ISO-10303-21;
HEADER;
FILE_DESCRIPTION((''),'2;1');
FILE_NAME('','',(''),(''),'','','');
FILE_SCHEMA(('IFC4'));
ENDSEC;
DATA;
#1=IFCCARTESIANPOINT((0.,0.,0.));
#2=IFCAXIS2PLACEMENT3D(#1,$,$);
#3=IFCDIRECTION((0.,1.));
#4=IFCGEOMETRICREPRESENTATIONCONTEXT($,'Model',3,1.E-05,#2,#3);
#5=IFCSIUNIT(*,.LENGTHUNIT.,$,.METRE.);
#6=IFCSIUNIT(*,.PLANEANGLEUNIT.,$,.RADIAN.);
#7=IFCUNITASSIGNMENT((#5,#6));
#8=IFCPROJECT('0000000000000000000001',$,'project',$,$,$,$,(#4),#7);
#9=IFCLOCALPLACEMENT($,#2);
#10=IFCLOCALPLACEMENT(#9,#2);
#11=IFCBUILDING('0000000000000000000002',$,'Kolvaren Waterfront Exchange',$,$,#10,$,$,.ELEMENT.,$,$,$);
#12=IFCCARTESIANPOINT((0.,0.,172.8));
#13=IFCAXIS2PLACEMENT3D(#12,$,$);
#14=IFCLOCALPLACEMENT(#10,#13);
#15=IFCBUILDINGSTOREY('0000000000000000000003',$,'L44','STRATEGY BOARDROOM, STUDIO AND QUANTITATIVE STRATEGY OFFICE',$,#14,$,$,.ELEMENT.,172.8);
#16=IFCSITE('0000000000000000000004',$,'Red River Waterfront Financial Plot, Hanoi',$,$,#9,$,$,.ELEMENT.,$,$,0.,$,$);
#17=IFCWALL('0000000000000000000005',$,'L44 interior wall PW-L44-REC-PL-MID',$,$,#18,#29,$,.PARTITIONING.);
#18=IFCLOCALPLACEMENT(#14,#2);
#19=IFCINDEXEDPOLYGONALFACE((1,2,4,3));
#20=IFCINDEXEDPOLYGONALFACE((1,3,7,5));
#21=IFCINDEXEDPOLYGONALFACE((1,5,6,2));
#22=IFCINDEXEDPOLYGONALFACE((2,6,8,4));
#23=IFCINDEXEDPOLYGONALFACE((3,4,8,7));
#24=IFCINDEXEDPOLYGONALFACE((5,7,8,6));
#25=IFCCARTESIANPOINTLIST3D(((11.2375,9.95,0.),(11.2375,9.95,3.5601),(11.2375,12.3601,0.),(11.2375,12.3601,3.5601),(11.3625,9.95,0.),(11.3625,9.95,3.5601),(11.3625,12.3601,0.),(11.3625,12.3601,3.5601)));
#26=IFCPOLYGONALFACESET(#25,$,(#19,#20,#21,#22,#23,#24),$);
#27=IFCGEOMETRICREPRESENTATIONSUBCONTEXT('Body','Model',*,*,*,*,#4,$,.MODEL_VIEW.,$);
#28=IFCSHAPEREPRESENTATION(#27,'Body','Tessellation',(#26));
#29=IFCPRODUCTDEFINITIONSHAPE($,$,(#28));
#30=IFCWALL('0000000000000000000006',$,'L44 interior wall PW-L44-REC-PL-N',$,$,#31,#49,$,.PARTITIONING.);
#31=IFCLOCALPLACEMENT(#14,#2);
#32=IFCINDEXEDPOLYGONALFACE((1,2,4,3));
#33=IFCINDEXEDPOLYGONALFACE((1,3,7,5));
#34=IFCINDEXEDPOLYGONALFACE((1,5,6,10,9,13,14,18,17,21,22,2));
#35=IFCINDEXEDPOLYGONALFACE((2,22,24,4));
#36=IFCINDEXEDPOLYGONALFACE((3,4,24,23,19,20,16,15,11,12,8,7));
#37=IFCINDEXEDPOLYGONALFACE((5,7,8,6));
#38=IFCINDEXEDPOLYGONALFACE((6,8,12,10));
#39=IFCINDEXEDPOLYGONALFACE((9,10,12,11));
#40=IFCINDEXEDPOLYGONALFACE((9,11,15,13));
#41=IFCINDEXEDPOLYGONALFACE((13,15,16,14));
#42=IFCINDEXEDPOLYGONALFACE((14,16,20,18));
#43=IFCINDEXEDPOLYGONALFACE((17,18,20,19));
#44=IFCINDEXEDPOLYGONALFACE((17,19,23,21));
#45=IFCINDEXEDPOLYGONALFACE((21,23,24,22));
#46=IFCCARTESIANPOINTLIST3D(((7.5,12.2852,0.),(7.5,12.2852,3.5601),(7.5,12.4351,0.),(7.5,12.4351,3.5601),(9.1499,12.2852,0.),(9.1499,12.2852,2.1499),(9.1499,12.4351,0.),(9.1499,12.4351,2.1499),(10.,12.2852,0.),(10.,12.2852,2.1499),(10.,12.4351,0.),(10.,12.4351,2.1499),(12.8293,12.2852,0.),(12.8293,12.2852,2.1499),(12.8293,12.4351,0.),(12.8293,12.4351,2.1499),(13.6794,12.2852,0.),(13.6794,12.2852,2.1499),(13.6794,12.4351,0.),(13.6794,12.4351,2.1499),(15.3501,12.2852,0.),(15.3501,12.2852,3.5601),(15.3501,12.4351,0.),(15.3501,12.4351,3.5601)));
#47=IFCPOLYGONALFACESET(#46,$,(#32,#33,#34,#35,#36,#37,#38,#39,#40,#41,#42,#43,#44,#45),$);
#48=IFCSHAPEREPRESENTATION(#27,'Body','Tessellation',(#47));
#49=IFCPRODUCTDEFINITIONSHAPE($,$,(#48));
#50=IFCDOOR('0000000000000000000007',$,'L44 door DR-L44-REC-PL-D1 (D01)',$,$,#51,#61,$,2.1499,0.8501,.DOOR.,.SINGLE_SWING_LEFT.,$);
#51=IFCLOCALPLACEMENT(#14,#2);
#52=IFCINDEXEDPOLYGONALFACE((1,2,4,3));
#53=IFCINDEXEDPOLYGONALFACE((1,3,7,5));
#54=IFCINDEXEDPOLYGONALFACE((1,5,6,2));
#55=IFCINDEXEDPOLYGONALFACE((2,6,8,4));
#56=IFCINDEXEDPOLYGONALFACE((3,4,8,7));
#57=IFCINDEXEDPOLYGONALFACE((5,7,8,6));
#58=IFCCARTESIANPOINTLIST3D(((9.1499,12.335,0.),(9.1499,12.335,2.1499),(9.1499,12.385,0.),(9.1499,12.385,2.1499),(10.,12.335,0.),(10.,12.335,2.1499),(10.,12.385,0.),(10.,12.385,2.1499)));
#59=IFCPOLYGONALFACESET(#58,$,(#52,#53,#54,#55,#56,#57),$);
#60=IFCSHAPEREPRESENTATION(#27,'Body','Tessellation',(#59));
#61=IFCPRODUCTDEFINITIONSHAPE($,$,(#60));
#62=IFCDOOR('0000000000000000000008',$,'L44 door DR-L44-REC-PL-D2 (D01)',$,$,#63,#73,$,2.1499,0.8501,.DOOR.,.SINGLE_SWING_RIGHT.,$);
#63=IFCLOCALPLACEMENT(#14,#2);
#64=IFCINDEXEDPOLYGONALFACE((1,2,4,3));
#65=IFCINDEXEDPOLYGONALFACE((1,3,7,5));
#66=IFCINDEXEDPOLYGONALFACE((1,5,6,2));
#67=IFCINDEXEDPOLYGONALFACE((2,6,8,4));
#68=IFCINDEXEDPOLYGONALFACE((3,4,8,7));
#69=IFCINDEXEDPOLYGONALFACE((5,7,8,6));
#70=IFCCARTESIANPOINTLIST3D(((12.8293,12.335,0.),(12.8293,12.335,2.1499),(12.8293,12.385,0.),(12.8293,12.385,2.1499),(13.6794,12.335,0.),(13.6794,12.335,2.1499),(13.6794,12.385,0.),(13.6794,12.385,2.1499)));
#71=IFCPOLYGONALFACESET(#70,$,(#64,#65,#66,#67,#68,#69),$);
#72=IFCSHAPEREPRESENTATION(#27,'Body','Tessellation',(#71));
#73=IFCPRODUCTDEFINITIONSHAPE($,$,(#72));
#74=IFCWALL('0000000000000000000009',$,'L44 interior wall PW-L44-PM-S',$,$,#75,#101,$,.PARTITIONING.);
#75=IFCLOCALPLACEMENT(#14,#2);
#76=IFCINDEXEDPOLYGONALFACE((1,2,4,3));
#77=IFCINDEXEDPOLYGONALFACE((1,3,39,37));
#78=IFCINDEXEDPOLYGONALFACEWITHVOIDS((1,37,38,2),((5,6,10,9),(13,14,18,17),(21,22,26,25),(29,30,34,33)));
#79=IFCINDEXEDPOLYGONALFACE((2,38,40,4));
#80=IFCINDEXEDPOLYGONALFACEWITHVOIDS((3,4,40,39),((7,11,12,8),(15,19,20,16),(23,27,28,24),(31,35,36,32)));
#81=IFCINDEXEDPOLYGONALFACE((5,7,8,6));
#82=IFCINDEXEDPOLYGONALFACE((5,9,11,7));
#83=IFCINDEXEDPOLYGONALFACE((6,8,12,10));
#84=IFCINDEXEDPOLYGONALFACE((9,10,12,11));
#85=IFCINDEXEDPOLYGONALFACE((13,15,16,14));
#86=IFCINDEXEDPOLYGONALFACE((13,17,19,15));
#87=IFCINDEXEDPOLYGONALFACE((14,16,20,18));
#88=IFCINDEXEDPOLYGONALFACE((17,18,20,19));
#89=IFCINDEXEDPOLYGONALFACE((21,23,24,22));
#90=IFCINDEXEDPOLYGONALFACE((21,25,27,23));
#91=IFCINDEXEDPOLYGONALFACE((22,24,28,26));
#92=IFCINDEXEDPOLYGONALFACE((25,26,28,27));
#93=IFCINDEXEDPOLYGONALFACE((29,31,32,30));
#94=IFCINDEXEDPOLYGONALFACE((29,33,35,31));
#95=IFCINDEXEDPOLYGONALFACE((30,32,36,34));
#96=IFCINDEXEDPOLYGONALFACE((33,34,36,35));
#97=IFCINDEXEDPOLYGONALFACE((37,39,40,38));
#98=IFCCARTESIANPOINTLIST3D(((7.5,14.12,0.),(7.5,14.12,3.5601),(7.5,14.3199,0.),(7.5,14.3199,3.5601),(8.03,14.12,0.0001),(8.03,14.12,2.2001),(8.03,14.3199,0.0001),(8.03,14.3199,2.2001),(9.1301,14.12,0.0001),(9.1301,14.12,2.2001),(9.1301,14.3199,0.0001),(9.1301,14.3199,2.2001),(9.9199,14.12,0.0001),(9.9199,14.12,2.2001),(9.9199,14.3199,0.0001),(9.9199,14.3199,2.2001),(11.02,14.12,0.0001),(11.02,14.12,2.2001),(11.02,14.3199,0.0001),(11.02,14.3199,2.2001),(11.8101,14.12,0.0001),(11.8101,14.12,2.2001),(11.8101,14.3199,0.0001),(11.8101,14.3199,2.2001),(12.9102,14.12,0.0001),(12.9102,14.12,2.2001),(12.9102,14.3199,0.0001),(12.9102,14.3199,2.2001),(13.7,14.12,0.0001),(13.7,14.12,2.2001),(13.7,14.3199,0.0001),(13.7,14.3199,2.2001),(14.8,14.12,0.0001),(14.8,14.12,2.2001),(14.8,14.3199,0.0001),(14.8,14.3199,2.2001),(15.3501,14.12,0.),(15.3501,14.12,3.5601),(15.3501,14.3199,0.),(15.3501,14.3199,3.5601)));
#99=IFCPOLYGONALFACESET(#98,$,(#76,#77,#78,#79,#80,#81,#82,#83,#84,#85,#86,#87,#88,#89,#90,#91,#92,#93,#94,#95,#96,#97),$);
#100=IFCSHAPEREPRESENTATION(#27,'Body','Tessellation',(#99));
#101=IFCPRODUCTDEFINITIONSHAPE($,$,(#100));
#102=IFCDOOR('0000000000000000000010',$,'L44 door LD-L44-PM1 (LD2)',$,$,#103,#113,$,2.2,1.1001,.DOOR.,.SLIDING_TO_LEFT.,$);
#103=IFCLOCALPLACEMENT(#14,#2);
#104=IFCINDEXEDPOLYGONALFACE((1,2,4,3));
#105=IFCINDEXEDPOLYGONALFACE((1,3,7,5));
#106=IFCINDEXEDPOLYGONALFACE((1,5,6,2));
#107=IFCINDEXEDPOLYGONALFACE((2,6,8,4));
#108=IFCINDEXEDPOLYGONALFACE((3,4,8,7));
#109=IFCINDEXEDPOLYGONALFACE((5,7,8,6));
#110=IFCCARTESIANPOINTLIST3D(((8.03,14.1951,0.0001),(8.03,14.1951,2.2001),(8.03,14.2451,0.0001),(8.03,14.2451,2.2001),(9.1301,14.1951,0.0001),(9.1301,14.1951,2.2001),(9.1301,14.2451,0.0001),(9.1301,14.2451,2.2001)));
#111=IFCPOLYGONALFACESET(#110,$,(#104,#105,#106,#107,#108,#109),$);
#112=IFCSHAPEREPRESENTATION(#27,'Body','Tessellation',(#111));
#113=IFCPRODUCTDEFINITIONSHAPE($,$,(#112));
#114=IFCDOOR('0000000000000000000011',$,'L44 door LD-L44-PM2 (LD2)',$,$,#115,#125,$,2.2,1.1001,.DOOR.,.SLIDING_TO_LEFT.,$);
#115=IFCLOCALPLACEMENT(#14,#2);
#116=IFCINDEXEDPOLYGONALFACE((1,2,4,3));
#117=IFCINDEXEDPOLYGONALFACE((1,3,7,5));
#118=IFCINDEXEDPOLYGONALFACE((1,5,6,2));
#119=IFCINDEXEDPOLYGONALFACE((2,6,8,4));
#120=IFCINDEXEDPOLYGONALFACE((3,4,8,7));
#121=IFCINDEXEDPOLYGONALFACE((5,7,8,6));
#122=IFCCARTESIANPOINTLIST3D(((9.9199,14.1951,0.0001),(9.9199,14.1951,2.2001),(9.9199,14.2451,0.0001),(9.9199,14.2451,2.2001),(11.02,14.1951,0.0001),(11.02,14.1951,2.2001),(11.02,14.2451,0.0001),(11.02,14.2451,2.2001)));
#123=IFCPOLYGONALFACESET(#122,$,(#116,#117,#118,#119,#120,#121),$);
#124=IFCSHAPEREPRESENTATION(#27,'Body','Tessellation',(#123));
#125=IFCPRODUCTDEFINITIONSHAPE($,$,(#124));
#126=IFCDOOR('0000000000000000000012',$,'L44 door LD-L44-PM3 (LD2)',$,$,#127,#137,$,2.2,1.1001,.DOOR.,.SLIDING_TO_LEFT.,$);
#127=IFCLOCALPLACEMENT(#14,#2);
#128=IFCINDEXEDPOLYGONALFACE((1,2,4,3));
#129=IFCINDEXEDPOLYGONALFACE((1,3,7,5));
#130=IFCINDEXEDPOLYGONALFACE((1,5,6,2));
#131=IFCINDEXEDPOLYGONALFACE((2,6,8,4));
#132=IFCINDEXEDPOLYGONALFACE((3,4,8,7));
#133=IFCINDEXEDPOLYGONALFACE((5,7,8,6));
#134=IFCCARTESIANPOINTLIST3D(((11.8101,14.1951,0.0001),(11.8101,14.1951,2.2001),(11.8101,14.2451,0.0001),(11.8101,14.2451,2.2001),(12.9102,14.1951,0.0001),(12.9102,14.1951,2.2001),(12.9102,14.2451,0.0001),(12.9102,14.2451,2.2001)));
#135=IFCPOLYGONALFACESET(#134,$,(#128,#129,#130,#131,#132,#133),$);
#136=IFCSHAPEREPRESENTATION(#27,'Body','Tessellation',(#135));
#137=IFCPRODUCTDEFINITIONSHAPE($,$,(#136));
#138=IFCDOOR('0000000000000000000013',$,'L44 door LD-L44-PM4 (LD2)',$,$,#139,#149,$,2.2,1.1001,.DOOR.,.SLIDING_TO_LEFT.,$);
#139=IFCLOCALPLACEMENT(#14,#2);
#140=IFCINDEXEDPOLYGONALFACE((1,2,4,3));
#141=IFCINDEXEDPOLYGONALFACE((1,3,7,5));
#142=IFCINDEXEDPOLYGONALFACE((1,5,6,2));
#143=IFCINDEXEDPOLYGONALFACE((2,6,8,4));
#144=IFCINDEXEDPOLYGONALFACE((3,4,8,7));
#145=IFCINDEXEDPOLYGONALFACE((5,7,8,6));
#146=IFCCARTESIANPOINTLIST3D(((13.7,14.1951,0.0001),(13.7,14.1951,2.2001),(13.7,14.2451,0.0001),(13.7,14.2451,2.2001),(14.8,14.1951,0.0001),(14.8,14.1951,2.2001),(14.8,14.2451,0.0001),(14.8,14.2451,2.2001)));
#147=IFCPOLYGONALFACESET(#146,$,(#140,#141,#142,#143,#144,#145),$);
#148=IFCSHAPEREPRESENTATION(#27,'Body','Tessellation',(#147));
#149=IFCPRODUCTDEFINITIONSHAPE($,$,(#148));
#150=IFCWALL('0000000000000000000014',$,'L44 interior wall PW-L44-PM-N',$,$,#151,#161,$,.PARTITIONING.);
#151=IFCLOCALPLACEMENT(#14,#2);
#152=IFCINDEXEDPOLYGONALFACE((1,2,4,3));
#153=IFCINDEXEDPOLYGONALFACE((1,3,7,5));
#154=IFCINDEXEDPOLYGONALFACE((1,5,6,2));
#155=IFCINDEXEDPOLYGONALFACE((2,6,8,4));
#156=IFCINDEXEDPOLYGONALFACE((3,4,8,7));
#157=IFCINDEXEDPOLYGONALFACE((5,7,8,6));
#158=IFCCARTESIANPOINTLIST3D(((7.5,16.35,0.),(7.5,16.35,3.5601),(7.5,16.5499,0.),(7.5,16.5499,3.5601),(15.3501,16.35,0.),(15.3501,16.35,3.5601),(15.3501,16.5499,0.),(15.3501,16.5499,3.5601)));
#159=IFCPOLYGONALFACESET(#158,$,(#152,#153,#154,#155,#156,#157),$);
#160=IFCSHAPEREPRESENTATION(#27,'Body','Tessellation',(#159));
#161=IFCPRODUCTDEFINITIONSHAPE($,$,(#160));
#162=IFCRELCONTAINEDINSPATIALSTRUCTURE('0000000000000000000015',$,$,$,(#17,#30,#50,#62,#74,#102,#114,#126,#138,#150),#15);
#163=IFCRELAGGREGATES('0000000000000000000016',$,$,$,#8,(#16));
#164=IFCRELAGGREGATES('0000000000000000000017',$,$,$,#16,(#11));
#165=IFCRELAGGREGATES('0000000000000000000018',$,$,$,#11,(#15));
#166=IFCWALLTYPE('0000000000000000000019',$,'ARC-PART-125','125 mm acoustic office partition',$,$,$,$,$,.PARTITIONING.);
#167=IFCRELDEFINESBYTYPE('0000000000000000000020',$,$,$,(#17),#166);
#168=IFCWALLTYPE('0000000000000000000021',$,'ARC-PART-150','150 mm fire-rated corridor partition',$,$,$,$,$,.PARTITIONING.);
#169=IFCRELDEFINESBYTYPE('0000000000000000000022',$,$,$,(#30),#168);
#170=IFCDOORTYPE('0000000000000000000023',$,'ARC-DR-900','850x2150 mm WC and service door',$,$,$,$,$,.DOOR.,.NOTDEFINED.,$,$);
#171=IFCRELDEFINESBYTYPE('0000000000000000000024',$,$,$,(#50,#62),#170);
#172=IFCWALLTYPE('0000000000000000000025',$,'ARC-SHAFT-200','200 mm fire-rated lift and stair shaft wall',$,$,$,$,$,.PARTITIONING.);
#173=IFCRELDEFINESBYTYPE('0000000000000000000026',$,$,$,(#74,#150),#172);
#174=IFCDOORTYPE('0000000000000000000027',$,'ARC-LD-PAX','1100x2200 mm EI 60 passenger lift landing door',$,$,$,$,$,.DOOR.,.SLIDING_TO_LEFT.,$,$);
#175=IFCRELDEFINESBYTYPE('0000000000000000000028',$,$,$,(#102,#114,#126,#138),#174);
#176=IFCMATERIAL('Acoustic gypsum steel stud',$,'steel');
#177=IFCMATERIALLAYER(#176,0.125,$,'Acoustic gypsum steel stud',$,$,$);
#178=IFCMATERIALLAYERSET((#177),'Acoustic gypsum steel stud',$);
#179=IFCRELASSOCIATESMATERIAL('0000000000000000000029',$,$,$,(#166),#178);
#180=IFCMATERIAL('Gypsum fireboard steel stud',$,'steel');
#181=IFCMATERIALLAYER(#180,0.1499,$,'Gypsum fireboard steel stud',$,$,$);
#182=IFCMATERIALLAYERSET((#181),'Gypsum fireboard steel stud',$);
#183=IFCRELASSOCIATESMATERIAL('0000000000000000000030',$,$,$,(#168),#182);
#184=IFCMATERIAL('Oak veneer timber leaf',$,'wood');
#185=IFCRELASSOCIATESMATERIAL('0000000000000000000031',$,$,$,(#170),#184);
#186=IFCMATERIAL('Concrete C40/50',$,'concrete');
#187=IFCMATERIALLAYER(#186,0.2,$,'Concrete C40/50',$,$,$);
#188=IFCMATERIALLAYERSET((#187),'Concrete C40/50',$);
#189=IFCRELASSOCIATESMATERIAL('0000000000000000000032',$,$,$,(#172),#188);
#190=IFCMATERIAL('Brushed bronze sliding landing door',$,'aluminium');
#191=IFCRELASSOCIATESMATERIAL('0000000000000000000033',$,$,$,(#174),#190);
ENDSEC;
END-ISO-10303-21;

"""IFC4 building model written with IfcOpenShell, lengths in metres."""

from ifc_helpers import new_model, si_unit, direction, frame, frame_2d, origin, place, context, subcontext, project, spatial, rectangle, extrude, material, layer, layer_set, type_object, element, fill, save


model = new_model("IFC4")

# Units and contexts
model_context = context("Model", 3, precision=1e-05, world=origin(), true_north=direction((0.0, 1.0)))
body_context = subcontext(model_context, "Body", "Model", "MODEL_VIEW")
ifc_project = project(units=[si_unit("LENGTHUNIT", "METRE"), si_unit("PLANEANGLEUNIT", "RADIAN")], contexts=[model_context])

# Site, building, storey
site_placement = place(None, origin())
site = spatial("IfcSite", under=ifc_project, at=site_placement, Name="Red River Waterfront Financial Plot, Hanoi", CompositionType="ELEMENT", RefElevation=0.0)
building_placement = place(site_placement, origin())
building = spatial("IfcBuilding", under=site, at=building_placement, Name="Kolvaren Waterfront Exchange", CompositionType="ELEMENT")
storey_placement = place(building_placement, frame((0.0, 0.0, 172.8)))
storey = spatial("IfcBuildingStorey", under=building, at=storey_placement, Name="L44", Description="STRATEGY BOARDROOM, STUDIO AND QUANTITATIVE STRATEGY OFFICE", CompositionType="ELEMENT", Elevation=172.8)

# Wall
ifc_material_1 = material(Name="Acoustic gypsum steel stud", Category="steel")
ifc_layer_1 = layer(ifc_material_1, 0.125, Name="Acoustic gypsum steel stud")
ifc_layer_set_1 = layer_set([ifc_layer_1], Name="Acoustic gypsum steel stud")
wall_type_1 = type_object("IfcWallType", Name="ARC-PART-125", Description="125 mm acoustic office partition", PredefinedType="PARTITIONING", material=ifc_layer_set_1)
wall_1_placement = place(storey_placement, frame((11.3, 9.95, 0.0), z_axis=(0.0, 0.0, 1.0), x_axis=(0.0, 1.0, 0.0)))
element("IfcWall", 1, at=wall_1_placement, inside=storey, type_object=wall_type_1, Name="L44 interior wall PW-L44-REC-PL-MID", PredefinedType="PARTITIONING", context=body_context, shape_type="SweptSolid", body=[
    extrude(rectangle(XDim=2.4102, YDim=0.125, at=frame_2d((1.2051, 0.0))), origin(), (0.0, 0.0, 1.0), 3.5601),
])

# Walls, openings, doors
ifc_material_2 = material(Name="Gypsum fireboard steel stud", Category="steel")
ifc_layer_2 = layer(ifc_material_2, 0.1499, Name="Gypsum fireboard steel stud")
ifc_layer_set_2 = layer_set([ifc_layer_2], Name="Gypsum fireboard steel stud")
wall_type_2 = type_object("IfcWallType", Name="ARC-PART-150", Description="150 mm fire-rated corridor partition", PredefinedType="PARTITIONING", material=ifc_layer_set_2)
wall_2_placement = place(storey_placement, frame((7.5, 12.3601, 0.0), z_axis=(0.0, 0.0, 1.0), x_axis=(1.0, 0.0, 0.0)))
wall_2 = element("IfcWall", 2, at=wall_2_placement, inside=storey, type_object=wall_type_2, Name="L44 interior wall PW-L44-REC-PL-N", PredefinedType="PARTITIONING", context=body_context, shape_type="SweptSolid", body=[
    extrude(rectangle(XDim=7.8501, YDim=0.1499, at=frame_2d((3.925, 0.0))), origin(), (0.0, 0.0, 1.0), 3.5601),
])
opening_1_placement = place(wall_2_placement, frame((1.6499, 0.0, 0.0)))
opening_1 = element("IfcOpeningElement", 3, at=opening_1_placement, cuts=wall_2, PredefinedType="OPENING", context=body_context, shape_type="SweptSolid", body=[
    extrude(rectangle(XDim=0.8501, YDim=2.1499, at=frame_2d((0.425, 1.075))), frame((0.0, 0.085, 0.0), z_axis=(0.0, -1.0, 0.0), x_axis=(1.0, 0.0, 0.0)), (0.0, 0.0, 1.0), 0.1699),
])
opening_2_placement = place(wall_2_placement, frame((5.3293, 0.0, 0.0)))
opening_2 = element("IfcOpeningElement", 4, at=opening_2_placement, cuts=wall_2, PredefinedType="OPENING", context=body_context, shape_type="SweptSolid", body=[
    extrude(rectangle(XDim=0.8501, YDim=2.1499, at=frame_2d((0.425, 1.075))), frame((0.0, 0.085, 0.0), z_axis=(0.0, -1.0, 0.0), x_axis=(1.0, 0.0, 0.0)), (0.0, 0.0, 1.0), 0.1699),
])
ifc_material_3 = material(Name="Oak veneer timber leaf", Category="wood")
door_type_1 = type_object("IfcDoorType", Name="ARC-DR-900", Description="850x2150 mm WC and service door", OperationType="NOTDEFINED", PredefinedType="DOOR", material=ifc_material_3)
door_1_placement = place(opening_1_placement, origin())
door_1 = element("IfcDoor", 5, at=door_1_placement, inside=storey, type_object=door_type_1, Name="L44 door DR-L44-REC-PL-D1 (D01)", OperationType="SINGLE_SWING_LEFT", OverallHeight=2.1499, OverallWidth=0.8501, PredefinedType="DOOR", context=body_context, shape_type="SweptSolid", body=[
    extrude(rectangle(XDim=0.8501, YDim=2.1499, at=frame_2d((0.425, 1.075))), frame((0.0, 0.0249, 0.0), z_axis=(0.0, -1.0, 0.0), x_axis=(1.0, 0.0, 0.0)), (0.0, 0.0, 1.0), 0.05),
])
fill(opening_1, door_1)
door_2_placement = place(opening_2_placement, origin())
door_2 = element("IfcDoor", 6, at=door_2_placement, inside=storey, type_object=door_type_1, Name="L44 door DR-L44-REC-PL-D2 (D01)", OperationType="SINGLE_SWING_RIGHT", OverallHeight=2.1499, OverallWidth=0.8501, PredefinedType="DOOR", context=body_context, shape_type="SweptSolid", body=[
    extrude(rectangle(XDim=0.8501, YDim=2.1499, at=frame_2d((0.425, 1.075))), frame((0.0, 0.0249, 0.0), z_axis=(0.0, -1.0, 0.0), x_axis=(1.0, 0.0, 0.0)), (0.0, 0.0, 1.0), 0.05),
])
fill(opening_2, door_2)
ifc_material_4 = material(Name="Concrete C40/50", Category="concrete")
ifc_layer_3 = layer(ifc_material_4, 0.2, Name="Concrete C40/50")
ifc_layer_set_3 = layer_set([ifc_layer_3], Name="Concrete C40/50")
wall_type_3 = type_object("IfcWallType", Name="ARC-SHAFT-200", Description="200 mm fire-rated lift and stair shaft wall", PredefinedType="PARTITIONING", material=ifc_layer_set_3)
wall_3_placement = place(storey_placement, frame((7.5, 14.22, 0.0), z_axis=(0.0, 0.0, 1.0), x_axis=(1.0, 0.0, 0.0)))
wall_3 = element("IfcWall", 7, at=wall_3_placement, inside=storey, type_object=wall_type_3, Name="L44 interior wall PW-L44-PM-S", PredefinedType="PARTITIONING", context=body_context, shape_type="SweptSolid", body=[
    extrude(rectangle(XDim=7.8501, YDim=0.2, at=frame_2d((3.925, 0.0))), origin(), (0.0, 0.0, 1.0), 3.5601),
])
opening_3_placement = place(wall_3_placement, frame((0.53, 0.0, 0.0)))
opening_3 = element("IfcOpeningElement", 8, at=opening_3_placement, cuts=wall_3, PredefinedType="OPENING", context=body_context, shape_type="SweptSolid", body=[
    extrude(rectangle(XDim=1.1001, YDim=2.2, at=frame_2d((0.55, 1.1001))), frame((0.0, 0.1099, 0.0), z_axis=(0.0, -1.0, 0.0), x_axis=(1.0, 0.0, 0.0)), (0.0, 0.0, 1.0), 0.22),
])
opening_4_placement = place(wall_3_placement, frame((2.4199, 0.0, 0.0)))
opening_4 = element("IfcOpeningElement", 9, at=opening_4_placement, cuts=wall_3, PredefinedType="OPENING", context=body_context, shape_type="SweptSolid", body=[
    extrude(rectangle(XDim=1.1001, YDim=2.2, at=frame_2d((0.55, 1.1001))), frame((0.0, 0.1099, 0.0), z_axis=(0.0, -1.0, 0.0), x_axis=(1.0, 0.0, 0.0)), (0.0, 0.0, 1.0), 0.22),
])
opening_5_placement = place(wall_3_placement, frame((4.3101, 0.0, 0.0)))
opening_5 = element("IfcOpeningElement", 10, at=opening_5_placement, cuts=wall_3, PredefinedType="OPENING", context=body_context, shape_type="SweptSolid", body=[
    extrude(rectangle(XDim=1.1001, YDim=2.2, at=frame_2d((0.55, 1.1001))), frame((0.0, 0.1099, 0.0), z_axis=(0.0, -1.0, 0.0), x_axis=(1.0, 0.0, 0.0)), (0.0, 0.0, 1.0), 0.22),
])
opening_6_placement = place(wall_3_placement, frame((6.2, 0.0, 0.0)))
opening_6 = element("IfcOpeningElement", 11, at=opening_6_placement, cuts=wall_3, PredefinedType="OPENING", context=body_context, shape_type="SweptSolid", body=[
    extrude(rectangle(XDim=1.1001, YDim=2.2, at=frame_2d((0.55, 1.1001))), frame((0.0, 0.1099, 0.0), z_axis=(0.0, -1.0, 0.0), x_axis=(1.0, 0.0, 0.0)), (0.0, 0.0, 1.0), 0.22),
])
ifc_material_5 = material(Name="Brushed bronze sliding landing door", Category="aluminium")
door_type_2 = type_object("IfcDoorType", Name="ARC-LD-PAX", Description="1100x2200 mm EI 60 passenger lift landing door", OperationType="SLIDING_TO_LEFT", PredefinedType="DOOR", material=ifc_material_5)
door_3_placement = place(opening_3_placement, frame((1.1001, 0.0, 0.0), z_axis=(0.0, 0.0, 1.0), x_axis=(-1.0, 0.0, 0.0)))
door_3 = element("IfcDoor", 12, at=door_3_placement, inside=storey, type_object=door_type_2, Name="L44 door LD-L44-PM1 (LD2)", OperationType="SLIDING_TO_LEFT", OverallHeight=2.2, OverallWidth=1.1001, PredefinedType="DOOR", context=body_context, shape_type="SweptSolid", body=[
    extrude(rectangle(XDim=1.1001, YDim=2.2, at=frame_2d((0.55, 1.1001))), frame((0.0, 0.0249, 0.0), z_axis=(0.0, -1.0, 0.0), x_axis=(1.0, 0.0, 0.0)), (0.0, 0.0, 1.0), 0.05),
])
fill(opening_3, door_3)
door_4_placement = place(opening_4_placement, frame((1.1001, 0.0, 0.0), z_axis=(0.0, 0.0, 1.0), x_axis=(-1.0, 0.0, 0.0)))
door_4 = element("IfcDoor", 13, at=door_4_placement, inside=storey, type_object=door_type_2, Name="L44 door LD-L44-PM2 (LD2)", OperationType="SLIDING_TO_LEFT", OverallHeight=2.2, OverallWidth=1.1001, PredefinedType="DOOR", context=body_context, shape_type="SweptSolid", body=[
    extrude(rectangle(XDim=1.1001, YDim=2.2, at=frame_2d((0.55, 1.1001))), frame((0.0, 0.0249, 0.0), z_axis=(0.0, -1.0, 0.0), x_axis=(1.0, 0.0, 0.0)), (0.0, 0.0, 1.0), 0.05),
])
fill(opening_4, door_4)
door_5_placement = place(opening_5_placement, frame((1.1001, 0.0, 0.0), z_axis=(0.0, 0.0, 1.0), x_axis=(-1.0, 0.0, 0.0)))
door_5 = element("IfcDoor", 14, at=door_5_placement, inside=storey, type_object=door_type_2, Name="L44 door LD-L44-PM3 (LD2)", OperationType="SLIDING_TO_LEFT", OverallHeight=2.2, OverallWidth=1.1001, PredefinedType="DOOR", context=body_context, shape_type="SweptSolid", body=[
    extrude(rectangle(XDim=1.1001, YDim=2.2, at=frame_2d((0.55, 1.1001))), frame((0.0, 0.0249, 0.0), z_axis=(0.0, -1.0, 0.0), x_axis=(1.0, 0.0, 0.0)), (0.0, 0.0, 1.0), 0.05),
])
fill(opening_5, door_5)
door_6_placement = place(opening_6_placement, frame((1.1001, 0.0, 0.0), z_axis=(0.0, 0.0, 1.0), x_axis=(-1.0, 0.0, 0.0)))
door_6 = element("IfcDoor", 15, at=door_6_placement, inside=storey, type_object=door_type_2, Name="L44 door LD-L44-PM4 (LD2)", OperationType="SLIDING_TO_LEFT", OverallHeight=2.2, OverallWidth=1.1001, PredefinedType="DOOR", context=body_context, shape_type="SweptSolid", body=[
    extrude(rectangle(XDim=1.1001, YDim=2.2, at=frame_2d((0.55, 1.1001))), frame((0.0, 0.0249, 0.0), z_axis=(0.0, -1.0, 0.0), x_axis=(1.0, 0.0, 0.0)), (0.0, 0.0, 1.0), 0.05),
])
fill(opening_6, door_6)

# Wall
wall_4_placement = place(storey_placement, frame((7.5, 16.45, 0.0), z_axis=(0.0, 0.0, 1.0), x_axis=(1.0, 0.0, 0.0)))
element("IfcWall", 16, at=wall_4_placement, inside=storey, type_object=wall_type_3, Name="L44 interior wall PW-L44-PM-N", PredefinedType="PARTITIONING", context=body_context, shape_type="SweptSolid", body=[
    extrude(rectangle(XDim=7.8501, YDim=0.2, at=frame_2d((3.925, 0.0))), origin(), (0.0, 0.0, 1.0), 3.5601),
])

save(model, "model.ifc")
